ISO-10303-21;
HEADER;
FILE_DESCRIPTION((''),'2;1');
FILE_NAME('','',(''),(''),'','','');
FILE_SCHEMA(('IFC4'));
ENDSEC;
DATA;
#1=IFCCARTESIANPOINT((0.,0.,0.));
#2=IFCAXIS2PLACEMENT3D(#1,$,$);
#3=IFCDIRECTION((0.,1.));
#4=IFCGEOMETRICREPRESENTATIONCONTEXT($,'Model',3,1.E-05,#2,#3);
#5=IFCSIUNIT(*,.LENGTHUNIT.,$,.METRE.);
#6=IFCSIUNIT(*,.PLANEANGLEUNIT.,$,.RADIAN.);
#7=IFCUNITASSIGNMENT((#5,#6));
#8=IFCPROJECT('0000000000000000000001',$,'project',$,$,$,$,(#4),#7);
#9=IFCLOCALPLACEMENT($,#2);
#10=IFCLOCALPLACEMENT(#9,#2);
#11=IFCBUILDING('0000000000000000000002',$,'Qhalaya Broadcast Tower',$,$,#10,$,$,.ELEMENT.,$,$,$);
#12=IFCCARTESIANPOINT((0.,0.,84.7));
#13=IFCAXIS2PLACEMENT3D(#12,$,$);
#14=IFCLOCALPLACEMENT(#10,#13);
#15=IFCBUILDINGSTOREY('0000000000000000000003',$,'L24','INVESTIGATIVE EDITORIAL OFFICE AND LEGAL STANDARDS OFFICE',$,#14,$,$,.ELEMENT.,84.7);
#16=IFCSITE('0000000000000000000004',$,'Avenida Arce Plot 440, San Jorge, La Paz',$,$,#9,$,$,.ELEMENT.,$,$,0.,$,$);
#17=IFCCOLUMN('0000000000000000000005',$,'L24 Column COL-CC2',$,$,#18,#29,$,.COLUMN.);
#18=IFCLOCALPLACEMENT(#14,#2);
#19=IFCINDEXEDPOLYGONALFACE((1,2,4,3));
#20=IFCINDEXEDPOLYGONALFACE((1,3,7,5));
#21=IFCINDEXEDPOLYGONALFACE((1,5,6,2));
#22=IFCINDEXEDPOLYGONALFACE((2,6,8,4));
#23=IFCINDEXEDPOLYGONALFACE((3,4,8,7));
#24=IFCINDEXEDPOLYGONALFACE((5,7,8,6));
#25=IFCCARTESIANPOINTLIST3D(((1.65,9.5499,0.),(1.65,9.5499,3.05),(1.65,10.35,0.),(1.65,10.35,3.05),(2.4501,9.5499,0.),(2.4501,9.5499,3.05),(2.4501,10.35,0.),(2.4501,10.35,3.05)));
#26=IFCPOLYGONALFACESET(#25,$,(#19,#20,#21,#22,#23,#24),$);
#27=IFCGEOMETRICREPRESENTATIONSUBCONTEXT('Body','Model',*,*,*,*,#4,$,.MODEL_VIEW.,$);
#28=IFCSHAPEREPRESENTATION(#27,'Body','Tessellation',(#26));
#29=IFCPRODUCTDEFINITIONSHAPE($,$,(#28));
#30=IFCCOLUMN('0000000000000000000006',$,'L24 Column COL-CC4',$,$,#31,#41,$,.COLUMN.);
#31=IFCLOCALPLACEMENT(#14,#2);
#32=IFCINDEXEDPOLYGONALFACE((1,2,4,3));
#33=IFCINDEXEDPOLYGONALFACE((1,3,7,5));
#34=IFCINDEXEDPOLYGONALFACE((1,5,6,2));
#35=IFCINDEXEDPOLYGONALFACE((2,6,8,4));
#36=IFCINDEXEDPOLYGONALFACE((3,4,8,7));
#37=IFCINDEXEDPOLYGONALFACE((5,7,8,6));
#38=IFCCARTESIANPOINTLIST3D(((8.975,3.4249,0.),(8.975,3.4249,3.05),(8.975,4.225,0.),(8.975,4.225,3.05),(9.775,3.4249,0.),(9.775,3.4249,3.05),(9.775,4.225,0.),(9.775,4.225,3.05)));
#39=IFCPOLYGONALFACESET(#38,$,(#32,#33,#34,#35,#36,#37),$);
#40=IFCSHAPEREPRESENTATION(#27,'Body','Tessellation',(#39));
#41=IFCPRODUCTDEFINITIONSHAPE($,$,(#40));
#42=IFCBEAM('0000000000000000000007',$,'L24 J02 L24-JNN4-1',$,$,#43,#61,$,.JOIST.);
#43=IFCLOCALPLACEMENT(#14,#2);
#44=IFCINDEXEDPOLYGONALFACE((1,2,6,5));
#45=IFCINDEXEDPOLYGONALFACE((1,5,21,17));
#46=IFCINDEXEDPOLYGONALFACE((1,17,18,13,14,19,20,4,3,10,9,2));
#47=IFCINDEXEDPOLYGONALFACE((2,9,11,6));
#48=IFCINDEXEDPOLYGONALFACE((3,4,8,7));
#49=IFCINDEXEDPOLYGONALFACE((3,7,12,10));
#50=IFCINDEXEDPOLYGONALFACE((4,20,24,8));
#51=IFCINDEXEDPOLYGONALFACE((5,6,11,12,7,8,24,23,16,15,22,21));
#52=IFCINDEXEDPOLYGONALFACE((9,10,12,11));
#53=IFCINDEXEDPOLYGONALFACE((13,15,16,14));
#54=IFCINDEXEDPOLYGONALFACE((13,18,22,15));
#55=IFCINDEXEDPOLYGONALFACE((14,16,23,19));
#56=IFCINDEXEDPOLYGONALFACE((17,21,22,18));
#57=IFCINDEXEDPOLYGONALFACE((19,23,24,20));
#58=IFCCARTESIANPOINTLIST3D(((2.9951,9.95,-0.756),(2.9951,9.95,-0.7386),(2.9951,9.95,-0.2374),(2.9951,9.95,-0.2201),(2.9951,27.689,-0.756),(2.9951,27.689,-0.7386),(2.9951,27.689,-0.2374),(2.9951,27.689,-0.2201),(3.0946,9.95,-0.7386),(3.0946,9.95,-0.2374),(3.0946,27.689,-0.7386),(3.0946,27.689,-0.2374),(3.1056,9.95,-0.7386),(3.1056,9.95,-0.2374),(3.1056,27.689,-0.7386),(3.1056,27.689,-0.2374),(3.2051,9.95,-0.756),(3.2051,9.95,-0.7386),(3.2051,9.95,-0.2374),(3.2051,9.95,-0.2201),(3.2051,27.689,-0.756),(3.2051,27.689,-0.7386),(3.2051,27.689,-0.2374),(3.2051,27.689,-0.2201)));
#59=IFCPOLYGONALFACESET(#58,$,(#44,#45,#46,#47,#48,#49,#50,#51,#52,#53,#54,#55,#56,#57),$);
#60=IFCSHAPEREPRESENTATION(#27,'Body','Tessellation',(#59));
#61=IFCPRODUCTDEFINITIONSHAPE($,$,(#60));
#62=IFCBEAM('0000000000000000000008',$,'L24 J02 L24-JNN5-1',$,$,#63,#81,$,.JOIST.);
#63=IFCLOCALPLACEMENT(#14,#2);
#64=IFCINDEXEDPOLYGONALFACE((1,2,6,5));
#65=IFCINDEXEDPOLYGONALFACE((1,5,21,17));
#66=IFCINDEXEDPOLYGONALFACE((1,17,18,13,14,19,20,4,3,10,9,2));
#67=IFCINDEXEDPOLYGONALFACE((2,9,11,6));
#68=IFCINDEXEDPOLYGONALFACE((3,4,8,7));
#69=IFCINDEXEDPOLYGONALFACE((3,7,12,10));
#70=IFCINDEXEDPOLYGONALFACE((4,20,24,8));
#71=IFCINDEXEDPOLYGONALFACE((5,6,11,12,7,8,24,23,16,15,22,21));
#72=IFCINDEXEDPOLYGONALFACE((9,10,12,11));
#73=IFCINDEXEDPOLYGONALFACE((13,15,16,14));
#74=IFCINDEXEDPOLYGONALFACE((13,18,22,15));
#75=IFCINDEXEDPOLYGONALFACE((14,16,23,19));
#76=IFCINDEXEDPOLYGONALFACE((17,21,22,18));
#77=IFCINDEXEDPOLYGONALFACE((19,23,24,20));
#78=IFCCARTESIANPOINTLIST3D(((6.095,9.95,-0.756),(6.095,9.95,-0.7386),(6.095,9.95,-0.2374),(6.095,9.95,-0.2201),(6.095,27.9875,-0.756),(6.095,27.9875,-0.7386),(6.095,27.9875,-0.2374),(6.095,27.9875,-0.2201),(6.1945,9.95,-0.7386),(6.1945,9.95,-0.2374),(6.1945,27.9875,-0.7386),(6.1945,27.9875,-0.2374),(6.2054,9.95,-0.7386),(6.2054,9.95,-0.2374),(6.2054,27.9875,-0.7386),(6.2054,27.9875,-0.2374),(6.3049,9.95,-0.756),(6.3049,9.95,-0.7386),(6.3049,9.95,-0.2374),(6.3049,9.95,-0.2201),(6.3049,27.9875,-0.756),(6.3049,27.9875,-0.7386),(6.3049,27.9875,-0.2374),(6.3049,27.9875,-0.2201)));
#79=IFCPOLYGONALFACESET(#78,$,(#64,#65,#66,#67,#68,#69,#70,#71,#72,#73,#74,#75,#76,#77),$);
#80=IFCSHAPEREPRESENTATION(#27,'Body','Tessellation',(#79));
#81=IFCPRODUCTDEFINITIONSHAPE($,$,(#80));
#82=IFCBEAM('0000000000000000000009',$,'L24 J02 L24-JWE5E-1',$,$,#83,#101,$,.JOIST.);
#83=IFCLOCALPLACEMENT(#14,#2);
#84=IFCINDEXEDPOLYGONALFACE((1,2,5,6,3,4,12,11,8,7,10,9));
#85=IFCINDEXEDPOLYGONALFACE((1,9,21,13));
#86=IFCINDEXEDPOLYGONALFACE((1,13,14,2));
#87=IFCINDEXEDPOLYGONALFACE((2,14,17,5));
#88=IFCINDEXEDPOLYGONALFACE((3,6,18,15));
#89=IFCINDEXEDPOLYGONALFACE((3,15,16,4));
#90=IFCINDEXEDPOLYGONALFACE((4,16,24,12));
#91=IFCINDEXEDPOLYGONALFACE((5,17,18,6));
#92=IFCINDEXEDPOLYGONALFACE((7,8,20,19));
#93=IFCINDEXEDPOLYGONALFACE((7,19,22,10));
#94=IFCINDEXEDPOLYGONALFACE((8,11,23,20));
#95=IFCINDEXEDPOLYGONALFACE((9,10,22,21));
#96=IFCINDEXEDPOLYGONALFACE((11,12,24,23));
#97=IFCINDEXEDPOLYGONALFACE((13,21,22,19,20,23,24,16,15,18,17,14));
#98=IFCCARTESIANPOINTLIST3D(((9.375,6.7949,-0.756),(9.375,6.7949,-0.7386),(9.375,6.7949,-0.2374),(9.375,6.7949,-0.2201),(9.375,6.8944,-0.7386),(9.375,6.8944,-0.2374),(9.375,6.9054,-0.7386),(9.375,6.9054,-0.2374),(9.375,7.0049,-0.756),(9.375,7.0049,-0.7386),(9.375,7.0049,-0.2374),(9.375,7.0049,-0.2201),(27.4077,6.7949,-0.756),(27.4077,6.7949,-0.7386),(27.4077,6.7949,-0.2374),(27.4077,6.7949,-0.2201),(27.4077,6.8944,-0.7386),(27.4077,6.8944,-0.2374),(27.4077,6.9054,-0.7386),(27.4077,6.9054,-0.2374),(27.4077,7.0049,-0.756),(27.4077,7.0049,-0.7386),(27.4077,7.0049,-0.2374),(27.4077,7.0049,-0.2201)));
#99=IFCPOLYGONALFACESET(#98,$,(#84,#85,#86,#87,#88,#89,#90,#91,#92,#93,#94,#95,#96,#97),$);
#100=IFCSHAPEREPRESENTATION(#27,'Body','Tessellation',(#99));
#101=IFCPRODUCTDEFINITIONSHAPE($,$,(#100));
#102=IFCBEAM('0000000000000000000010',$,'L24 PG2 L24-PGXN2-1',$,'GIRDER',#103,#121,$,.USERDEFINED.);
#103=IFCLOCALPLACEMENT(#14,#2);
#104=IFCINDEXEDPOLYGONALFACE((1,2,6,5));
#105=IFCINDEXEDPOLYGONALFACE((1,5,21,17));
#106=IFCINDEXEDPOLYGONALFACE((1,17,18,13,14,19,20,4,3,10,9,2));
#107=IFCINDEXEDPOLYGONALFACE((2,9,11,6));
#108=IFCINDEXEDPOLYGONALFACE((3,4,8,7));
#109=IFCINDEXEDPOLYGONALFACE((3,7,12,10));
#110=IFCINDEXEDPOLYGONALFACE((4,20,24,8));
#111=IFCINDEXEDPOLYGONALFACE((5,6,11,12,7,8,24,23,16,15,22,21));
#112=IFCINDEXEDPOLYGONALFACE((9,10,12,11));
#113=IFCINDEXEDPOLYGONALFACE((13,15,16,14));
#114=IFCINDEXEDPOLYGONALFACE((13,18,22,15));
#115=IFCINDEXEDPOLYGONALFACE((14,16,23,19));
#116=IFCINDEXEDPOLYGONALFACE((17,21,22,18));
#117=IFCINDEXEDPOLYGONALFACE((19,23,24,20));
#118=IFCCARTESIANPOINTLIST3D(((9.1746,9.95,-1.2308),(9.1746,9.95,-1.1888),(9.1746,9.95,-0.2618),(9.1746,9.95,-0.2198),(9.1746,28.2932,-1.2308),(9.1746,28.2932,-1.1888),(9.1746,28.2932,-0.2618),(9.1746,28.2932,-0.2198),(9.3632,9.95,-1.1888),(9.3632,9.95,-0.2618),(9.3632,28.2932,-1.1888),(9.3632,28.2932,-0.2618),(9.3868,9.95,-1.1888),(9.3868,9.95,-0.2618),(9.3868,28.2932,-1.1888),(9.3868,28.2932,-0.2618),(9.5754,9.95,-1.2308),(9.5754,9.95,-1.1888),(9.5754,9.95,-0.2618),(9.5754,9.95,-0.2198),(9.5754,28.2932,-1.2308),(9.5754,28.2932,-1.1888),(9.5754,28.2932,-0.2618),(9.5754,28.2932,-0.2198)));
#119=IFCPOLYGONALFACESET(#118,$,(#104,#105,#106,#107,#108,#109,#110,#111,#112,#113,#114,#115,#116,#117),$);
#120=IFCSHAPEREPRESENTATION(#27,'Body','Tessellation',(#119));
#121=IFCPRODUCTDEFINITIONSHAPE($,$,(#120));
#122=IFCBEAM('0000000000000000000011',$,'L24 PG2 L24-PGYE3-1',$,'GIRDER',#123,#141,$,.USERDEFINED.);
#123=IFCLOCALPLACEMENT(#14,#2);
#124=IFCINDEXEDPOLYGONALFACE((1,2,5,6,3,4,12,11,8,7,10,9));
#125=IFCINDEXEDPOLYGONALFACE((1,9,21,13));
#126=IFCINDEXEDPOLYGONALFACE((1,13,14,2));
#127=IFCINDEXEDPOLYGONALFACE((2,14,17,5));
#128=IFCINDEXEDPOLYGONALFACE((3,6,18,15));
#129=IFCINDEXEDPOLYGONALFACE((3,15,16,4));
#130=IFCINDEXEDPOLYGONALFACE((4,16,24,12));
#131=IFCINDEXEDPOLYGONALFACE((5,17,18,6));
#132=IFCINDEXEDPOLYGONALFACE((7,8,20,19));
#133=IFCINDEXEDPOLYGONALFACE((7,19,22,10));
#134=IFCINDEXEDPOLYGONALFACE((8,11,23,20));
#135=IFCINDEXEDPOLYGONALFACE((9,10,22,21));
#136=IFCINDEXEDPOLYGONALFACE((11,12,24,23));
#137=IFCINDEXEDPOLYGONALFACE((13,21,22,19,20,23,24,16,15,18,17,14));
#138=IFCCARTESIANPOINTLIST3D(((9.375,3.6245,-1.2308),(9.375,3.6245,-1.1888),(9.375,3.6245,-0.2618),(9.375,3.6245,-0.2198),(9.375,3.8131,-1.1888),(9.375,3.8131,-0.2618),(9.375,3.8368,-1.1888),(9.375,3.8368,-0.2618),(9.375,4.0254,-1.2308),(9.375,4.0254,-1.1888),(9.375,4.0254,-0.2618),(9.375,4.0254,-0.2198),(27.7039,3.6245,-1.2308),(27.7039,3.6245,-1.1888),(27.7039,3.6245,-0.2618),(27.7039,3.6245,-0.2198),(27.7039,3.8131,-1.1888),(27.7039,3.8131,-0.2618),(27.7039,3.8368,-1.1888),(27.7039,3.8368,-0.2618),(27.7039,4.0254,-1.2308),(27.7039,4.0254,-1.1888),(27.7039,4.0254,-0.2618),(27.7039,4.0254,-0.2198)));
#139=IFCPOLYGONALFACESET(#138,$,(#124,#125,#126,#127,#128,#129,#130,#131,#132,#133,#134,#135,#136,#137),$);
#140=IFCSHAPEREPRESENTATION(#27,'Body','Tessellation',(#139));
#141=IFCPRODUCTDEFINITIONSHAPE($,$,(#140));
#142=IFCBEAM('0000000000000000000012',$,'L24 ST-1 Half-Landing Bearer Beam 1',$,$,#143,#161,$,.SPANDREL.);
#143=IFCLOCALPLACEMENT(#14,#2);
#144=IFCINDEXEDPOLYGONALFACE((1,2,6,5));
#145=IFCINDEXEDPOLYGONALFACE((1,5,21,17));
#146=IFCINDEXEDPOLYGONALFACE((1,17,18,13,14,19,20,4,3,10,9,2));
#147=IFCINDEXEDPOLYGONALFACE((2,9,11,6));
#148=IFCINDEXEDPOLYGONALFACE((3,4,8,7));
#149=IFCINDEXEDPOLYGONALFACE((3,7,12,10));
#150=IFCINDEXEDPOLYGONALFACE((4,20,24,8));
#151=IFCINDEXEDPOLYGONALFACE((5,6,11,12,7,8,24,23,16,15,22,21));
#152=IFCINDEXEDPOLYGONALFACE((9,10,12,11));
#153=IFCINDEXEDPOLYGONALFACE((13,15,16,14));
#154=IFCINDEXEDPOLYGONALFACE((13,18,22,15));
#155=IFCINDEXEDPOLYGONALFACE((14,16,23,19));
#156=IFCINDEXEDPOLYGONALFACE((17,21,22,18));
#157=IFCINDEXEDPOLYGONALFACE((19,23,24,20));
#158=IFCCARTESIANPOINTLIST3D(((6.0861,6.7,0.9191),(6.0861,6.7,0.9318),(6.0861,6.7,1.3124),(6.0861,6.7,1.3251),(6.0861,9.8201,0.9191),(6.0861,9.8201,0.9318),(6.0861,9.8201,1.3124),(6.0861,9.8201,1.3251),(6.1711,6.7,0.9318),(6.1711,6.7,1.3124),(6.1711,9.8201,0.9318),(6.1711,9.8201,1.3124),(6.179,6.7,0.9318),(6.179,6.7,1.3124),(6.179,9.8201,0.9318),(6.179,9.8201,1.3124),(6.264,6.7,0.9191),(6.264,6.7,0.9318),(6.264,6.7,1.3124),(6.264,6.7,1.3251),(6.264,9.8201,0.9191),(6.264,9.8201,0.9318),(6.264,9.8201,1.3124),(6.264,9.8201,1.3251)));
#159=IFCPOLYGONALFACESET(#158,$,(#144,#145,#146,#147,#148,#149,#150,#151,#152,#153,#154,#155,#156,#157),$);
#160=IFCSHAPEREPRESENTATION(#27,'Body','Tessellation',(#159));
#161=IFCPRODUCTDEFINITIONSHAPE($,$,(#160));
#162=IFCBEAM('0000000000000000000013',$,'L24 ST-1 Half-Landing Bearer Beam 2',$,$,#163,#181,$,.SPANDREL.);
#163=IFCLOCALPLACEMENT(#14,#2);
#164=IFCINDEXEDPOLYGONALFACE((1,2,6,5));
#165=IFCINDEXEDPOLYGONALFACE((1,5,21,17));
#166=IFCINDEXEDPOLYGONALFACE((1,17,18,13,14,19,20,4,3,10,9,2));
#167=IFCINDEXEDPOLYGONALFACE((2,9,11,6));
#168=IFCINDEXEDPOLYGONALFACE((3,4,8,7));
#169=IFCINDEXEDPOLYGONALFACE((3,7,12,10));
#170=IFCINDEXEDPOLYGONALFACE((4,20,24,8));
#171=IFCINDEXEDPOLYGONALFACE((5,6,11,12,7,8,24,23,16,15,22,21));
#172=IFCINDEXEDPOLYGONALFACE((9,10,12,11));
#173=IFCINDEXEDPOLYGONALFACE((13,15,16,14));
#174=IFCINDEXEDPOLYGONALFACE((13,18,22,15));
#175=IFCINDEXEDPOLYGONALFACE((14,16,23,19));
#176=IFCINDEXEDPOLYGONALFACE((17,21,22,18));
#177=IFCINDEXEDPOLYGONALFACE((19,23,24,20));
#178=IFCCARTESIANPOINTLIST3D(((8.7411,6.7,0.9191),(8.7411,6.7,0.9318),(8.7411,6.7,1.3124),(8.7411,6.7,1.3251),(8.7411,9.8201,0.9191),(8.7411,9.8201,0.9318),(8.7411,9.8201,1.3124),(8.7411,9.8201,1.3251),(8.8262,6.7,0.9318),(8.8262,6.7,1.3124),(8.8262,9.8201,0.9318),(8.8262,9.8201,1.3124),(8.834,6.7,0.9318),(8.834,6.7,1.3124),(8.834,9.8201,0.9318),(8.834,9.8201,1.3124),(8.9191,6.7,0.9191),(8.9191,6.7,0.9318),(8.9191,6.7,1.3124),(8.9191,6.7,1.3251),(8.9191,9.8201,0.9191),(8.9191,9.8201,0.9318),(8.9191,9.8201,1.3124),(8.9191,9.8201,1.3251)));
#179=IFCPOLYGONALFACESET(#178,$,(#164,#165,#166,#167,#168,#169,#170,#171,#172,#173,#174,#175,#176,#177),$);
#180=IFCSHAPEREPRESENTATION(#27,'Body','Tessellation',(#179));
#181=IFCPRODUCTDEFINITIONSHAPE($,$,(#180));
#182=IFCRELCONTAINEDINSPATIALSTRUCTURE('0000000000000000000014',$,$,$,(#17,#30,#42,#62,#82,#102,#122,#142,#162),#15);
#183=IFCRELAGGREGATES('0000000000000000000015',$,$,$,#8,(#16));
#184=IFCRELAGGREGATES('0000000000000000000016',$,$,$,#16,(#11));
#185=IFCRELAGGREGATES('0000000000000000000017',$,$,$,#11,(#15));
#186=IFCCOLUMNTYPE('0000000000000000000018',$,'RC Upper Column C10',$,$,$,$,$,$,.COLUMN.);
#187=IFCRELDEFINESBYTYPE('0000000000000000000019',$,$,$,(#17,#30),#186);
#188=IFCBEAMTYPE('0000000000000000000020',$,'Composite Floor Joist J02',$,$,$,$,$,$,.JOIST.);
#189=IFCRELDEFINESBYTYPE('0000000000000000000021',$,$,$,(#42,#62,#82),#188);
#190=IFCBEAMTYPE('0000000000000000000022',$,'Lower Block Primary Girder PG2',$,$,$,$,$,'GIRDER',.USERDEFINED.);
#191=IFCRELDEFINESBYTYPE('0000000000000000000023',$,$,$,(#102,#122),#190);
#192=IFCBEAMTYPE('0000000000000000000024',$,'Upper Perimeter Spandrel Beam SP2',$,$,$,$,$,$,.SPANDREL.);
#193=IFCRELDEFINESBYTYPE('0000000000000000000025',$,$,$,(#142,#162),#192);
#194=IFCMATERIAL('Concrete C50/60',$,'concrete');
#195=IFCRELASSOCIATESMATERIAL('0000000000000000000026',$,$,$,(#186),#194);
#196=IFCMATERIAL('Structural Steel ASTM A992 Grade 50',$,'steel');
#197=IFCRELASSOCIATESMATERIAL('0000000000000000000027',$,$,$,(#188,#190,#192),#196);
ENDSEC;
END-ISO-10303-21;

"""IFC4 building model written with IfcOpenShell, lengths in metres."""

from ifc_helpers import new_model, si_unit, direction, frame, origin, origin_2d, place, context, subcontext, project, spatial, rectangle, i_section, extrude, material, material_profile, profile_set, type_object, element, save


model = new_model("IFC4")

# Units and contexts
model_context = context("Model", 3, precision=1e-05, world=origin(), true_north=direction((0.0, 1.0)))
body_context = subcontext(model_context, "Body", "Model", "MODEL_VIEW")
ifc_project = project(units=[si_unit("LENGTHUNIT", "METRE"), si_unit("PLANEANGLEUNIT", "RADIAN")], contexts=[model_context])

# Site, building, storey
site_placement = place(None, origin())
site = spatial("IfcSite", under=ifc_project, at=site_placement, Name="Avenida Arce Plot 440, San Jorge, La Paz", CompositionType="ELEMENT", RefElevation=0.0)
building_placement = place(site_placement, origin())
building = spatial("IfcBuilding", under=site, at=building_placement, Name="Qhalaya Broadcast Tower", CompositionType="ELEMENT")
storey_placement = place(building_placement, frame((0.0, 0.0, 84.7)))
storey = spatial("IfcBuildingStorey", under=building, at=storey_placement, Name="L24", Description="INVESTIGATIVE EDITORIAL OFFICE AND LEGAL STANDARDS OFFICE", CompositionType="ELEMENT", Elevation=84.7)

# Columns
ifc_material_1 = material(Name="Concrete C50/60", Category="concrete")
ifc_material_profile_1 = material_profile(ifc_material_1, rectangle(XDim=0.8, YDim=0.8, at=origin_2d()), Name="RC-COL 800x800")
ifc_profile_set_1 = profile_set([ifc_material_profile_1], Name="Concrete C50/60")
column_type = type_object("IfcColumnType", Name="RC Upper Column C10", PredefinedType="COLUMN", material=ifc_profile_set_1)
for number, where, z_axis, x_axis, name in (
    (1, (2.05, 9.95, 0.0), (0.0, 0.0, 1.0), (1.0, 0.0, 0.0), "L24 Column COL-CC2"),
    (2, (9.375, 3.825, 0.0), (0.0, 0.0, 1.0), (1.0, 0.0, 0.0), "L24 Column COL-CC4"),
):
    element("IfcColumn", number, at=place(storey_placement, frame(where, z_axis=z_axis, x_axis=x_axis)), inside=storey, type_object=column_type, Name=name, PredefinedType="COLUMN", context=body_context, shape_type="SweptSolid", body=[
        extrude(rectangle(XDim=0.8, YDim=0.8, at=origin_2d()), origin(), (0.0, 0.0, 1.0), 3.05),
    ])

# Beams
ifc_material_2 = material(Name="Structural Steel ASTM A992 Grade 50", Category="steel")
ifc_material_profile_2 = material_profile(ifc_material_2, i_section(OverallWidth=0.21, OverallDepth=0.5359, WebThickness=0.011, FlangeThickness=0.0173, at=origin_2d()), Name="W21X68")
ifc_profile_set_2 = profile_set([ifc_material_profile_2], Name="Structural Steel ASTM A992 Grade 50")
beam_type_1 = type_object("IfcBeamType", Name="Composite Floor Joist J02", PredefinedType="JOIST", material=ifc_profile_set_2)
beam_1_placement = place(storey_placement, frame((3.1001, 9.95, -0.488), z_axis=(0.0, 1.0, 0.0), x_axis=(-1.0, 0.0, 0.0)))
element("IfcBeam", 3, at=beam_1_placement, inside=storey, type_object=beam_type_1, Name="L24 J02 L24-JNN4-1", PredefinedType="JOIST", context=body_context, shape_type="SweptSolid", body=[
    extrude(i_section(OverallWidth=0.21, OverallDepth=0.5359, WebThickness=0.011, FlangeThickness=0.0173, at=origin_2d()), origin(), (0.0, 0.0, 1.0), 17.739),
])
beam_2_placement = place(storey_placement, frame((6.2, 9.95, -0.488), z_axis=(0.0, 1.0, 0.0), x_axis=(-1.0, 0.0, 0.0)))
element("IfcBeam", 4, at=beam_2_placement, inside=storey, type_object=beam_type_1, Name="L24 J02 L24-JNN5-1", PredefinedType="JOIST", context=body_context, shape_type="SweptSolid", body=[
    extrude(i_section(OverallWidth=0.21, OverallDepth=0.5359, WebThickness=0.011, FlangeThickness=0.0173, at=origin_2d()), origin(), (0.0, 0.0, 1.0), 18.0376),
])
beam_3_placement = place(storey_placement, frame((9.375, 6.8999, -0.488), z_axis=(1.0, 0.0, 0.0), x_axis=(0.0, 1.0, 0.0)))
element("IfcBeam", 5, at=beam_3_placement, inside=storey, type_object=beam_type_1, Name="L24 J02 L24-JWE5E-1", PredefinedType="JOIST", context=body_context, shape_type="SweptSolid", body=[
    extrude(i_section(OverallWidth=0.21, OverallDepth=0.5359, WebThickness=0.011, FlangeThickness=0.0173, at=origin_2d()), origin(), (0.0, 0.0, 1.0), 18.0327),
])
ifc_material_profile_3 = material_profile(ifc_material_2, i_section(OverallWidth=0.4009, OverallDepth=1.011, WebThickness=0.0237, FlangeThickness=0.042, at=origin_2d()), Name="W40X297")
ifc_profile_set_3 = profile_set([ifc_material_profile_3], Name="Structural Steel ASTM A992 Grade 50")
beam_type_2 = type_object("IfcBeamType", Name="Lower Block Primary Girder PG2", ElementType="GIRDER", PredefinedType="USERDEFINED", material=ifc_profile_set_3)
beam_4_placement = place(storey_placement, frame((9.375, 9.95, -0.7253), z_axis=(0.0, 1.0, 0.0), x_axis=(-1.0, 0.0, 0.0)))
element("IfcBeam", 6, at=beam_4_placement, inside=storey, type_object=beam_type_2, Name="L24 PG2 L24-PGXN2-1", ObjectType="GIRDER", PredefinedType="USERDEFINED", context=body_context, shape_type="SweptSolid", body=[
    extrude(i_section(OverallWidth=0.4009, OverallDepth=1.011, WebThickness=0.0237, FlangeThickness=0.042, at=origin_2d()), origin(), (0.0, 0.0, 1.0), 18.3433),
])
beam_5_placement = place(storey_placement, frame((9.375, 3.825, -0.7253), z_axis=(1.0, 0.0, 0.0), x_axis=(0.0, 1.0, 0.0)))
element("IfcBeam", 7, at=beam_5_placement, inside=storey, type_object=beam_type_2, Name="L24 PG2 L24-PGYE3-1", ObjectType="GIRDER", PredefinedType="USERDEFINED", context=body_context, shape_type="SweptSolid", body=[
    extrude(i_section(OverallWidth=0.4009, OverallDepth=1.011, WebThickness=0.0237, FlangeThickness=0.042, at=origin_2d()), origin(), (0.0, 0.0, 1.0), 18.3289),
])
ifc_material_profile_4 = material_profile(ifc_material_2, i_section(OverallWidth=0.178, OverallDepth=0.406, WebThickness=0.0078, FlangeThickness=0.0127, at=origin_2d()), Name="W16X40")
ifc_profile_set_4 = profile_set([ifc_material_profile_4], Name="Structural Steel ASTM A992 Grade 50")
beam_type_3 = type_object("IfcBeamType", Name="Upper Perimeter Spandrel Beam SP2", PredefinedType="SPANDREL", material=ifc_profile_set_4)
for number, where, z_axis, x_axis, name in (
    (8, (6.175, 6.7, 1.1221), (0.0, 1.0, 0.0), (-1.0, 0.0, 0.0), "L24 ST-1 Half-Landing Bearer Beam 1"),
    (9, (8.8301, 6.7, 1.1221), (0.0, 1.0, 0.0), (-1.0, 0.0, 0.0), "L24 ST-1 Half-Landing Bearer Beam 2"),
):
    element("IfcBeam", number, at=place(storey_placement, frame(where, z_axis=z_axis, x_axis=x_axis)), inside=storey, type_object=beam_type_3, Name=name, PredefinedType="SPANDREL", context=body_context, shape_type="SweptSolid", body=[
        extrude(i_section(OverallWidth=0.178, OverallDepth=0.406, WebThickness=0.0078, FlangeThickness=0.0127, at=origin_2d()), origin(), (0.0, 0.0, 1.0), 3.1201),
    ])

save(model, "model.ifc")
